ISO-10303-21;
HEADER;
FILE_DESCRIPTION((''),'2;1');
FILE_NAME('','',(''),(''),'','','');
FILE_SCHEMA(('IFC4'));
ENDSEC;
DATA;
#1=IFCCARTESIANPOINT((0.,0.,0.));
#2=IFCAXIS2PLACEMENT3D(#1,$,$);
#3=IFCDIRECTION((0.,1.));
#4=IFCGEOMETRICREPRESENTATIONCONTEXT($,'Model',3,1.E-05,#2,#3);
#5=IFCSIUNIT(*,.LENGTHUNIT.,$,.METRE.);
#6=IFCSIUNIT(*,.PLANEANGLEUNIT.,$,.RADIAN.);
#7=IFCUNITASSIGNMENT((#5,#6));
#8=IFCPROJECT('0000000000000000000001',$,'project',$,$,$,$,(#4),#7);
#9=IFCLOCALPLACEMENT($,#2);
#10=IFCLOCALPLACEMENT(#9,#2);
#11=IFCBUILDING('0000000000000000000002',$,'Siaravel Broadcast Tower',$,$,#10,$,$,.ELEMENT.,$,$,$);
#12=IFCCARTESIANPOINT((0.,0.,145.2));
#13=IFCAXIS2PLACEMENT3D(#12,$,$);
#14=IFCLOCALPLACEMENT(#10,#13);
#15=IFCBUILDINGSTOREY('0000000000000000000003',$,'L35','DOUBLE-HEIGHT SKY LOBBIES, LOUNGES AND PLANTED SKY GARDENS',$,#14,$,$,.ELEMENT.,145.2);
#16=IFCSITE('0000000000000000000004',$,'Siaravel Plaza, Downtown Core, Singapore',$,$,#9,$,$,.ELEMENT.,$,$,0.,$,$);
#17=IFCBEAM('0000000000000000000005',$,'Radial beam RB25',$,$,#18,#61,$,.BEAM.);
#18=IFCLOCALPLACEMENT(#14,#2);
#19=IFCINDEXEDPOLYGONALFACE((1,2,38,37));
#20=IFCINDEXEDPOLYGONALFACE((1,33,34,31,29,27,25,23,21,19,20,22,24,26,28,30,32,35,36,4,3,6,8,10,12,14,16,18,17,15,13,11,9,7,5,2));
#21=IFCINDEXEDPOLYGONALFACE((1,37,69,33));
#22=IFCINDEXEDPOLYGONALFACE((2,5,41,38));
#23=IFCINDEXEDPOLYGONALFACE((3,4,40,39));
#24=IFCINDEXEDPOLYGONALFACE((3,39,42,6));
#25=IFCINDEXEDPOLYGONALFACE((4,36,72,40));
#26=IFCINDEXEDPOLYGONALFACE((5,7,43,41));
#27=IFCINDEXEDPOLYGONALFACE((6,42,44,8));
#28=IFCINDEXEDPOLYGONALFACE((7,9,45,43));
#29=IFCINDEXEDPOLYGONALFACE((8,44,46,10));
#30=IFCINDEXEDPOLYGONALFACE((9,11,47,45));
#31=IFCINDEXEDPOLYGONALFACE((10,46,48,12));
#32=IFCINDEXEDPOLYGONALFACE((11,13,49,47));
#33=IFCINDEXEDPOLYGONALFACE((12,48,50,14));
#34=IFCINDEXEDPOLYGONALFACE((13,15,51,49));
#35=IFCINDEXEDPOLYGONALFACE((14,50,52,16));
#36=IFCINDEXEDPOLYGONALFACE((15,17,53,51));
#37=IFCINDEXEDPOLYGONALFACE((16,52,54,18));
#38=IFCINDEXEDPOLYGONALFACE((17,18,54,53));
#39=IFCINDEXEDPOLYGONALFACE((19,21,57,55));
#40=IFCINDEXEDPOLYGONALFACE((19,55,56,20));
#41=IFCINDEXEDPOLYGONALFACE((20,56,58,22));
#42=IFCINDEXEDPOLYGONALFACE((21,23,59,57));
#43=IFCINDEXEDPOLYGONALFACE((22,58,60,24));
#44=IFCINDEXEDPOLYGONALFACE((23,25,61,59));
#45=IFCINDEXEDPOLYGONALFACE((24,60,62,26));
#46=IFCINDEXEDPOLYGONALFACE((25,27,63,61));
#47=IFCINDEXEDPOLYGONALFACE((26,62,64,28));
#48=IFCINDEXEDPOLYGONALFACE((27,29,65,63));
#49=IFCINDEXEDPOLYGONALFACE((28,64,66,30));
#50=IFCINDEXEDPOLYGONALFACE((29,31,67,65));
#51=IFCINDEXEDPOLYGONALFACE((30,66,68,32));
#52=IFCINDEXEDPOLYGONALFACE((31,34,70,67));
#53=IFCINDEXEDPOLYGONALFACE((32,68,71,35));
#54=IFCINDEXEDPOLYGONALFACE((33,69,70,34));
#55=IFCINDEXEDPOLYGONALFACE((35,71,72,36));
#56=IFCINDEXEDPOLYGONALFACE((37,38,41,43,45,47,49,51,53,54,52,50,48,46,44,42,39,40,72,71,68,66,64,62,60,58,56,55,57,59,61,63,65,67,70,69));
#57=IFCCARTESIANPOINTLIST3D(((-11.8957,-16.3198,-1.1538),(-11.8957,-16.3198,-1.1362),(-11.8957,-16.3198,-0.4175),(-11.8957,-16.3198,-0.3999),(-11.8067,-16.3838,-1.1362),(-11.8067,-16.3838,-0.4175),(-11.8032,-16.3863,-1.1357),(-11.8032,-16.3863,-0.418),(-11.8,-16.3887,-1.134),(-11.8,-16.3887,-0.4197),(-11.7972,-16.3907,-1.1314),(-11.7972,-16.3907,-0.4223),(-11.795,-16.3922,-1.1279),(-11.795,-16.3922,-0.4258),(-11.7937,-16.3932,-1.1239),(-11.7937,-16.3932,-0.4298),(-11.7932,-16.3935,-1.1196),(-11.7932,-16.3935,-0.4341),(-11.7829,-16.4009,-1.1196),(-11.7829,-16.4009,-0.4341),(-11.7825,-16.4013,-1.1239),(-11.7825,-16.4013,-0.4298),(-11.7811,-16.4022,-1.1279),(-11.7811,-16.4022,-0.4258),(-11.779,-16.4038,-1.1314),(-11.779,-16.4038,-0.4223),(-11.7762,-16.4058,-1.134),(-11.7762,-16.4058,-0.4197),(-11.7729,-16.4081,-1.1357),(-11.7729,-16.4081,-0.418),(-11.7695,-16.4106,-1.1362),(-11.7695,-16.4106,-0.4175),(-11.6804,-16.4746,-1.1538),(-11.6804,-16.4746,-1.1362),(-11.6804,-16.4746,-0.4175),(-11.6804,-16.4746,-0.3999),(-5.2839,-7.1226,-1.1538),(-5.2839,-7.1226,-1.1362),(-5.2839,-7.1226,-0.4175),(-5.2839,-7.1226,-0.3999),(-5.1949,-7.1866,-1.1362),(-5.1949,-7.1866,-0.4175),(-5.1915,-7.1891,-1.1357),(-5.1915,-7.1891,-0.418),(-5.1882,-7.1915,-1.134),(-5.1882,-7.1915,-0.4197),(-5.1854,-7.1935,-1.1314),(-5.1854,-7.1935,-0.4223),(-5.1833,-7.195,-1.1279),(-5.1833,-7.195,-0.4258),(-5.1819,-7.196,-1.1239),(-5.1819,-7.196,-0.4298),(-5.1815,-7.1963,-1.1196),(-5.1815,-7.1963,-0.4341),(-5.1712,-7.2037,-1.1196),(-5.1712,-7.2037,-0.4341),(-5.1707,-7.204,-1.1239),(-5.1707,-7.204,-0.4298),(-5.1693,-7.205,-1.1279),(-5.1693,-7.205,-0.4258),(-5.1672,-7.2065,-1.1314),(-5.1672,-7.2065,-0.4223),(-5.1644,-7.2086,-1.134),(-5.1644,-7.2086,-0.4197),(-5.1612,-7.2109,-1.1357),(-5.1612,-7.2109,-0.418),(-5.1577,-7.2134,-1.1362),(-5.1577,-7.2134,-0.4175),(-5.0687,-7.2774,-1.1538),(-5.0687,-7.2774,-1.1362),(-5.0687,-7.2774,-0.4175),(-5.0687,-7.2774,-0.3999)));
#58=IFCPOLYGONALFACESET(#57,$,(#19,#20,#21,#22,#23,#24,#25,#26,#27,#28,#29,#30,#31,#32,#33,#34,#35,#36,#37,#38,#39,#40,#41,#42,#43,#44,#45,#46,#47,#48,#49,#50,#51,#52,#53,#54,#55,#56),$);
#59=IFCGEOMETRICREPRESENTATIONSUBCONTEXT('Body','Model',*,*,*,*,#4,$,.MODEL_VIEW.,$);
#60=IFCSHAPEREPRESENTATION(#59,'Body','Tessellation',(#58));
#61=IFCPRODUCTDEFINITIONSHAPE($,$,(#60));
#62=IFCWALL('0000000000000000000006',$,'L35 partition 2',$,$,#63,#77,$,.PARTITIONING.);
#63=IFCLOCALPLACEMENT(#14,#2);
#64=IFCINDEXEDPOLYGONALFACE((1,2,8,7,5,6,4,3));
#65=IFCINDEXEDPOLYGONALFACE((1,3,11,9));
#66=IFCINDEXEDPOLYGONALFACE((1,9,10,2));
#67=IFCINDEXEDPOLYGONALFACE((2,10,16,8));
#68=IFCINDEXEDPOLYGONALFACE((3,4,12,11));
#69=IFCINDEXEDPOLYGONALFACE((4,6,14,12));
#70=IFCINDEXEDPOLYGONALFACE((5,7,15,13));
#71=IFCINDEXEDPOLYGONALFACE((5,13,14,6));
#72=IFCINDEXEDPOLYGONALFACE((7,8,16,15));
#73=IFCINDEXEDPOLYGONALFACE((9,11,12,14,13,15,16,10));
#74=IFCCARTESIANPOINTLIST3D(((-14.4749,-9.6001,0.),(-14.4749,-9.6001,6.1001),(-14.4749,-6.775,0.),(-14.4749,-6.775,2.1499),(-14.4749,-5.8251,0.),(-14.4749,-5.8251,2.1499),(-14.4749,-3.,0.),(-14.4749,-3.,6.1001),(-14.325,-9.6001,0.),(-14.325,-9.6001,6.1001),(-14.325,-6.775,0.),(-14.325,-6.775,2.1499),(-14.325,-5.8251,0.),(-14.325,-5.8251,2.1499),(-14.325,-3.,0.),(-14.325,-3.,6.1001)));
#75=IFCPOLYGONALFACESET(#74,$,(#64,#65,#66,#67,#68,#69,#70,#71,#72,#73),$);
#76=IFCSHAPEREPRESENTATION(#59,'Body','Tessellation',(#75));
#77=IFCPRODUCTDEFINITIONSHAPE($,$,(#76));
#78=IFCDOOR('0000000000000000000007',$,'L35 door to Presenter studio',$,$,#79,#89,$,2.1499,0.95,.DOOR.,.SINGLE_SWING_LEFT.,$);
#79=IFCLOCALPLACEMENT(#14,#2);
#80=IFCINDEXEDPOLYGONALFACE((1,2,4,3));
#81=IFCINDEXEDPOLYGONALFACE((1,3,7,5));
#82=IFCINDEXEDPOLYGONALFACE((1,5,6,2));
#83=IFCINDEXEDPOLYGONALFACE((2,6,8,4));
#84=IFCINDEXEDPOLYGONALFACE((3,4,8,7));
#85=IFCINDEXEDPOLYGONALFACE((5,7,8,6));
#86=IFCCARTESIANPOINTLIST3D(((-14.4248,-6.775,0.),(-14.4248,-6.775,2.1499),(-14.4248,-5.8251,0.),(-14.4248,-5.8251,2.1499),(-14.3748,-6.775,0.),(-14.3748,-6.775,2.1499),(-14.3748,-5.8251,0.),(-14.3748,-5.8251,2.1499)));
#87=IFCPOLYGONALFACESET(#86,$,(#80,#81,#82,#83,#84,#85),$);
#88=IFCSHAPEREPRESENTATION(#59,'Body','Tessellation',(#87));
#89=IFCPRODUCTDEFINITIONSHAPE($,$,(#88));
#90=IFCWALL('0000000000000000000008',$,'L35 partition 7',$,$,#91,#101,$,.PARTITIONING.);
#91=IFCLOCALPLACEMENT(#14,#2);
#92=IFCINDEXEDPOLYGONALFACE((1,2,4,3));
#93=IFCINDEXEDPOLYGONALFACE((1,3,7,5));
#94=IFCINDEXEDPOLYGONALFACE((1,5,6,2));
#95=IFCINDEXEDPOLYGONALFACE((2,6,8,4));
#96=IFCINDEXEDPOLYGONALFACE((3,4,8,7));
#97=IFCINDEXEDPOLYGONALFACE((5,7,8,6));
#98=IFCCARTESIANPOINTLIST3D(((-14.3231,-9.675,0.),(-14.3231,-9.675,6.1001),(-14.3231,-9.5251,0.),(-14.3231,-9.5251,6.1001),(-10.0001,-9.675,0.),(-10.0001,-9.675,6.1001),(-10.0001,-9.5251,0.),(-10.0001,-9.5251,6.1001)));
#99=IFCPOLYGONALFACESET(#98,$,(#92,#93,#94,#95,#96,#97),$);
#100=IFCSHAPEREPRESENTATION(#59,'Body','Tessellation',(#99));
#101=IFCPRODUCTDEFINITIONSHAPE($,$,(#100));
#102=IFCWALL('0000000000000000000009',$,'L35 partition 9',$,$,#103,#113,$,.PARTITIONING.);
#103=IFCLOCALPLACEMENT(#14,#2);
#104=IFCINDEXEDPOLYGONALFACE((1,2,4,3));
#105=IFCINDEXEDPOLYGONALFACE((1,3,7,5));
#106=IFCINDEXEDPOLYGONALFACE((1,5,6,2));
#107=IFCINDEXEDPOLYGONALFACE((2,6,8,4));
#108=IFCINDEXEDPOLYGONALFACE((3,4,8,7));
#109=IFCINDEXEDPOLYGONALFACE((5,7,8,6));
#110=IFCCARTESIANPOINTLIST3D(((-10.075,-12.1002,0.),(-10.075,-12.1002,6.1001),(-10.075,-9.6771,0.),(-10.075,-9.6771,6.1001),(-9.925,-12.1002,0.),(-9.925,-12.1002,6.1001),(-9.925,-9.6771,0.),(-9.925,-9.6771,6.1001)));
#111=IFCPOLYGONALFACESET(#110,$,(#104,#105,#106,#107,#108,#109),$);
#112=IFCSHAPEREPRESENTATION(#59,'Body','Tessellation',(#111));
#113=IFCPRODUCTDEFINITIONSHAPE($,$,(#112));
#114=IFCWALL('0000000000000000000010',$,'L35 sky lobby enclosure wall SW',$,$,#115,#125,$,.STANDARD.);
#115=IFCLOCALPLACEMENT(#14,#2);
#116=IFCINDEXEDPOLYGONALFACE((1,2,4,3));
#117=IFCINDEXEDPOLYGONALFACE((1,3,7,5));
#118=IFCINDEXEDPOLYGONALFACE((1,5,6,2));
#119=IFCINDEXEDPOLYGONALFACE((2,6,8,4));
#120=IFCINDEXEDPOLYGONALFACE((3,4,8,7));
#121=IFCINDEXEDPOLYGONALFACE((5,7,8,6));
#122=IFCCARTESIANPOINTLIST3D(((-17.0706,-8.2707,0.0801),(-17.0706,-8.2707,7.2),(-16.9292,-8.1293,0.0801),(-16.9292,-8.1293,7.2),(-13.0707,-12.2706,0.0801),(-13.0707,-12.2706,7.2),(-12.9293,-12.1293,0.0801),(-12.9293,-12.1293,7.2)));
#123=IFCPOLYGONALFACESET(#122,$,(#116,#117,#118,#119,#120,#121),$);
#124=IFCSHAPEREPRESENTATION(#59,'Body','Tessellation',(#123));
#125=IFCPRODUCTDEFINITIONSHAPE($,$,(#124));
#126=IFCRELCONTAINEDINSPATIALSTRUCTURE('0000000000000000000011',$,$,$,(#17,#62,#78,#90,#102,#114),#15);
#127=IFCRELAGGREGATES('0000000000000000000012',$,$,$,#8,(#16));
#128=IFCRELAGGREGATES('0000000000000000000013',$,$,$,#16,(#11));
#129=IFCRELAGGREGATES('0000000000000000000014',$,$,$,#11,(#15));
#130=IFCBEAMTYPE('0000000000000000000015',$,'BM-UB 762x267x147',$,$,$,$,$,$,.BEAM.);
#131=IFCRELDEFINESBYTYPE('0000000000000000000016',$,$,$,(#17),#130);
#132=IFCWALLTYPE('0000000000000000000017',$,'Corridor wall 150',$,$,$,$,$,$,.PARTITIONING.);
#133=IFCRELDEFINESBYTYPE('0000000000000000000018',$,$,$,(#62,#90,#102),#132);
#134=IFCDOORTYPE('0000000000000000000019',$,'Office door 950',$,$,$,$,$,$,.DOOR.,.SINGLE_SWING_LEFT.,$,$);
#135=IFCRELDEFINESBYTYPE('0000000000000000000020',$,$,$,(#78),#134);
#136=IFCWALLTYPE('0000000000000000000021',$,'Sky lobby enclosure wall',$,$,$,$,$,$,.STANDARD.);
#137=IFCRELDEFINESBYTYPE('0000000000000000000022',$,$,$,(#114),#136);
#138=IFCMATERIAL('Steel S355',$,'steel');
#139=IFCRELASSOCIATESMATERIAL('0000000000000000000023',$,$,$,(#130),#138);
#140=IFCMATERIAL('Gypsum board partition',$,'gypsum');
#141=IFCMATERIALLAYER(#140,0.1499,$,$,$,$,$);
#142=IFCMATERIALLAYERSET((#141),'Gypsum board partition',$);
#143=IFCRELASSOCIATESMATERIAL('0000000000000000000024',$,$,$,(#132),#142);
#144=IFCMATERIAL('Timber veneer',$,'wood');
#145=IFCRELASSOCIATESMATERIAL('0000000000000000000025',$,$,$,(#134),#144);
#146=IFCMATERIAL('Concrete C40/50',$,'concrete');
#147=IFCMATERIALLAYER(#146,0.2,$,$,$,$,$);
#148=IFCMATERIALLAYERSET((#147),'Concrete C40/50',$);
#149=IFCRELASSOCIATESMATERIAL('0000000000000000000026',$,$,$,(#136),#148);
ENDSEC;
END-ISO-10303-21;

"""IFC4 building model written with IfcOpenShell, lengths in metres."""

from ifc_helpers import new_model, si_unit, direction, frame, frame_2d, origin, origin_2d, place, context, subcontext, project, spatial, rectangle, i_section, extrude, material, layer, layer_set, material_profile, profile_set, type_object, element, fill, save


model = new_model("IFC4")

# Units and contexts
model_context = context("Model", 3, precision=1e-05, world=origin(), true_north=direction((0.0, 1.0)))
body_context = subcontext(model_context, "Body", "Model", "MODEL_VIEW")
ifc_project = project(units=[si_unit("LENGTHUNIT", "METRE"), si_unit("PLANEANGLEUNIT", "RADIAN")], contexts=[model_context])

# Site, building, storey
site_placement = place(None, origin())
site = spatial("IfcSite", under=ifc_project, at=site_placement, Name="Siaravel Plaza, Downtown Core, Singapore", CompositionType="ELEMENT", RefElevation=0.0)
building_placement = place(site_placement, origin())
building = spatial("IfcBuilding", under=site, at=building_placement, Name="Siaravel Broadcast Tower", CompositionType="ELEMENT")
storey_placement = place(building_placement, frame((0.0, 0.0, 145.2)))
storey = spatial("IfcBuildingStorey", under=building, at=storey_placement, Name="L35", Description="DOUBLE-HEIGHT SKY LOBBIES, LOUNGES AND PLANTED SKY GARDENS", CompositionType="ELEMENT", Elevation=145.2)

# Beam
ifc_material_1 = material(Name="Steel S355", Category="steel")
ifc_material_profile_1 = material_profile(ifc_material_1, i_section(OverallWidth=0.2651, OverallDepth=0.7539, WebThickness=0.0127, FlangeThickness=0.0176, FilletRadius=0.0166, at=origin_2d()))
ifc_profile_set_1 = profile_set([ifc_material_profile_1], Name="Steel S355")
beam_type = type_object("IfcBeamType", Name="BM-UB 762x267x147", PredefinedType="BEAM", material=ifc_profile_set_1)
beam_1_placement = place(storey_placement, frame((-11.7881, -16.3972, -0.7769), z_axis=(0.583711, 0.811962, 0.0), x_axis=(-0.811962, 0.583711, 0.0)))
element("IfcBeam", 1, at=beam_1_placement, inside=storey, type_object=beam_type, Name="Radial beam RB25", PredefinedType="BEAM", context=body_context, shape_type="SweptSolid", body=[
    extrude(i_section(OverallWidth=0.2651, OverallDepth=0.7539, WebThickness=0.0127, FlangeThickness=0.0176, FilletRadius=0.0166, at=origin_2d()), origin(), (0.0, 0.0, 1.0), 11.3271),
])

# Wall, opening, door
ifc_material_2 = material(Name="Gypsum board partition", Category="gypsum")
ifc_layer_1 = layer(ifc_material_2, 0.1499)
ifc_layer_set_1 = layer_set([ifc_layer_1], Name="Gypsum board partition")
wall_type_1 = type_object("IfcWallType", Name="Corridor wall 150", PredefinedType="PARTITIONING", material=ifc_layer_set_1)
wall_1_placement = place(storey_placement, frame((-14.3999, -9.6001, 0.0), z_axis=(0.0, 0.0, 1.0), x_axis=(0.0, 1.0, 0.0)))
wall_1 = element("IfcWall", 2, at=wall_1_placement, inside=storey, type_object=wall_type_1, Name="L35 partition 2", PredefinedType="PARTITIONING", context=body_context, shape_type="SweptSolid", body=[
    extrude(rectangle(XDim=6.6001, YDim=0.1499, at=frame_2d((3.3, 0.0))), origin(), (0.0, 0.0, 1.0), 6.1001),
])
opening_placement = place(wall_1_placement, frame((2.825, 0.0, 0.0)))
opening = element("IfcOpeningElement", 3, at=opening_placement, cuts=wall_1, PredefinedType="OPENING", context=body_context, shape_type="SweptSolid", body=[
    extrude(rectangle(XDim=0.95, YDim=2.1499, at=frame_2d((0.4751, 1.075))), frame((0.0, 0.085, 0.0), z_axis=(0.0, -1.0, 0.0), x_axis=(1.0, 0.0, 0.0)), (0.0, 0.0, 1.0), 0.1699),
])
ifc_material_3 = material(Name="Timber veneer", Category="wood")
door_type = type_object("IfcDoorType", Name="Office door 950", OperationType="SINGLE_SWING_LEFT", PredefinedType="DOOR", material=ifc_material_3)
door_placement = place(opening_placement, origin())
door = element("IfcDoor", 4, at=door_placement, inside=storey, type_object=door_type, Name="L35 door to Presenter studio", OperationType="SINGLE_SWING_LEFT", OverallHeight=2.1499, OverallWidth=0.95, PredefinedType="DOOR", context=body_context, shape_type="SweptSolid", body=[
    extrude(rectangle(XDim=0.95, YDim=2.1499, at=frame_2d((0.4751, 1.075))), frame((0.0, 0.0249, 0.0), z_axis=(0.0, -1.0, 0.0), x_axis=(1.0, 0.0, 0.0)), (0.0, 0.0, 1.0), 0.05),
])
fill(opening, door)

# Walls
wall_2_placement = place(storey_placement, frame((-10.0, -9.6001, 0.0), z_axis=(0.0, 0.0, 1.0), x_axis=(-1.0, 0.0, 0.0)))
element("IfcWall", 5, at=wall_2_placement, inside=storey, type_object=wall_type_1, Name="L35 partition 7", PredefinedType="PARTITIONING", context=body_context, shape_type="SweptSolid", body=[
    extrude(rectangle(XDim=4.323, YDim=0.1499, at=frame_2d((2.1616, 0.0))), origin(), (0.0, 0.0, 1.0), 6.1001),
])
wall_3_placement = place(storey_placement, frame((-10.0, -12.1001, 0.0), z_axis=(0.0, 0.0, 1.0), x_axis=(0.0, 1.0, 0.0)))
element("IfcWall", 6, at=wall_3_placement, inside=storey, type_object=wall_type_1, Name="L35 partition 9", PredefinedType="PARTITIONING", context=body_context, shape_type="SweptSolid", body=[
    extrude(rectangle(XDim=2.4231, YDim=0.1499, at=frame_2d((1.2114, 0.0))), origin(), (0.0, 0.0, 1.0), 6.1001),
])
ifc_material_4 = material(Name="Concrete C40/50", Category="concrete")
ifc_layer_2 = layer(ifc_material_4, 0.2)
ifc_layer_set_2 = layer_set([ifc_layer_2], Name="Concrete C40/50")
wall_type_2 = type_object("IfcWallType", Name="Sky lobby enclosure wall", PredefinedType="STANDARD", material=ifc_layer_set_2)
wall_4_placement = place(storey_placement, frame((-13.0, -12.2, 0.0801), z_axis=(0.0, 0.0, 1.0), x_axis=(-0.707107, 0.707107, 0.0)))
element("IfcWall", 7, at=wall_4_placement, inside=storey, type_object=wall_type_2, Name="L35 sky lobby enclosure wall SW", PredefinedType="STANDARD", context=body_context, shape_type="SweptSolid", body=[
    extrude(rectangle(XDim=5.6567, YDim=0.2, at=frame_2d((2.8284, 0.0))), origin(), (0.0, 0.0, 1.0), 7.1199),
])

save(model, "model.ifc")
